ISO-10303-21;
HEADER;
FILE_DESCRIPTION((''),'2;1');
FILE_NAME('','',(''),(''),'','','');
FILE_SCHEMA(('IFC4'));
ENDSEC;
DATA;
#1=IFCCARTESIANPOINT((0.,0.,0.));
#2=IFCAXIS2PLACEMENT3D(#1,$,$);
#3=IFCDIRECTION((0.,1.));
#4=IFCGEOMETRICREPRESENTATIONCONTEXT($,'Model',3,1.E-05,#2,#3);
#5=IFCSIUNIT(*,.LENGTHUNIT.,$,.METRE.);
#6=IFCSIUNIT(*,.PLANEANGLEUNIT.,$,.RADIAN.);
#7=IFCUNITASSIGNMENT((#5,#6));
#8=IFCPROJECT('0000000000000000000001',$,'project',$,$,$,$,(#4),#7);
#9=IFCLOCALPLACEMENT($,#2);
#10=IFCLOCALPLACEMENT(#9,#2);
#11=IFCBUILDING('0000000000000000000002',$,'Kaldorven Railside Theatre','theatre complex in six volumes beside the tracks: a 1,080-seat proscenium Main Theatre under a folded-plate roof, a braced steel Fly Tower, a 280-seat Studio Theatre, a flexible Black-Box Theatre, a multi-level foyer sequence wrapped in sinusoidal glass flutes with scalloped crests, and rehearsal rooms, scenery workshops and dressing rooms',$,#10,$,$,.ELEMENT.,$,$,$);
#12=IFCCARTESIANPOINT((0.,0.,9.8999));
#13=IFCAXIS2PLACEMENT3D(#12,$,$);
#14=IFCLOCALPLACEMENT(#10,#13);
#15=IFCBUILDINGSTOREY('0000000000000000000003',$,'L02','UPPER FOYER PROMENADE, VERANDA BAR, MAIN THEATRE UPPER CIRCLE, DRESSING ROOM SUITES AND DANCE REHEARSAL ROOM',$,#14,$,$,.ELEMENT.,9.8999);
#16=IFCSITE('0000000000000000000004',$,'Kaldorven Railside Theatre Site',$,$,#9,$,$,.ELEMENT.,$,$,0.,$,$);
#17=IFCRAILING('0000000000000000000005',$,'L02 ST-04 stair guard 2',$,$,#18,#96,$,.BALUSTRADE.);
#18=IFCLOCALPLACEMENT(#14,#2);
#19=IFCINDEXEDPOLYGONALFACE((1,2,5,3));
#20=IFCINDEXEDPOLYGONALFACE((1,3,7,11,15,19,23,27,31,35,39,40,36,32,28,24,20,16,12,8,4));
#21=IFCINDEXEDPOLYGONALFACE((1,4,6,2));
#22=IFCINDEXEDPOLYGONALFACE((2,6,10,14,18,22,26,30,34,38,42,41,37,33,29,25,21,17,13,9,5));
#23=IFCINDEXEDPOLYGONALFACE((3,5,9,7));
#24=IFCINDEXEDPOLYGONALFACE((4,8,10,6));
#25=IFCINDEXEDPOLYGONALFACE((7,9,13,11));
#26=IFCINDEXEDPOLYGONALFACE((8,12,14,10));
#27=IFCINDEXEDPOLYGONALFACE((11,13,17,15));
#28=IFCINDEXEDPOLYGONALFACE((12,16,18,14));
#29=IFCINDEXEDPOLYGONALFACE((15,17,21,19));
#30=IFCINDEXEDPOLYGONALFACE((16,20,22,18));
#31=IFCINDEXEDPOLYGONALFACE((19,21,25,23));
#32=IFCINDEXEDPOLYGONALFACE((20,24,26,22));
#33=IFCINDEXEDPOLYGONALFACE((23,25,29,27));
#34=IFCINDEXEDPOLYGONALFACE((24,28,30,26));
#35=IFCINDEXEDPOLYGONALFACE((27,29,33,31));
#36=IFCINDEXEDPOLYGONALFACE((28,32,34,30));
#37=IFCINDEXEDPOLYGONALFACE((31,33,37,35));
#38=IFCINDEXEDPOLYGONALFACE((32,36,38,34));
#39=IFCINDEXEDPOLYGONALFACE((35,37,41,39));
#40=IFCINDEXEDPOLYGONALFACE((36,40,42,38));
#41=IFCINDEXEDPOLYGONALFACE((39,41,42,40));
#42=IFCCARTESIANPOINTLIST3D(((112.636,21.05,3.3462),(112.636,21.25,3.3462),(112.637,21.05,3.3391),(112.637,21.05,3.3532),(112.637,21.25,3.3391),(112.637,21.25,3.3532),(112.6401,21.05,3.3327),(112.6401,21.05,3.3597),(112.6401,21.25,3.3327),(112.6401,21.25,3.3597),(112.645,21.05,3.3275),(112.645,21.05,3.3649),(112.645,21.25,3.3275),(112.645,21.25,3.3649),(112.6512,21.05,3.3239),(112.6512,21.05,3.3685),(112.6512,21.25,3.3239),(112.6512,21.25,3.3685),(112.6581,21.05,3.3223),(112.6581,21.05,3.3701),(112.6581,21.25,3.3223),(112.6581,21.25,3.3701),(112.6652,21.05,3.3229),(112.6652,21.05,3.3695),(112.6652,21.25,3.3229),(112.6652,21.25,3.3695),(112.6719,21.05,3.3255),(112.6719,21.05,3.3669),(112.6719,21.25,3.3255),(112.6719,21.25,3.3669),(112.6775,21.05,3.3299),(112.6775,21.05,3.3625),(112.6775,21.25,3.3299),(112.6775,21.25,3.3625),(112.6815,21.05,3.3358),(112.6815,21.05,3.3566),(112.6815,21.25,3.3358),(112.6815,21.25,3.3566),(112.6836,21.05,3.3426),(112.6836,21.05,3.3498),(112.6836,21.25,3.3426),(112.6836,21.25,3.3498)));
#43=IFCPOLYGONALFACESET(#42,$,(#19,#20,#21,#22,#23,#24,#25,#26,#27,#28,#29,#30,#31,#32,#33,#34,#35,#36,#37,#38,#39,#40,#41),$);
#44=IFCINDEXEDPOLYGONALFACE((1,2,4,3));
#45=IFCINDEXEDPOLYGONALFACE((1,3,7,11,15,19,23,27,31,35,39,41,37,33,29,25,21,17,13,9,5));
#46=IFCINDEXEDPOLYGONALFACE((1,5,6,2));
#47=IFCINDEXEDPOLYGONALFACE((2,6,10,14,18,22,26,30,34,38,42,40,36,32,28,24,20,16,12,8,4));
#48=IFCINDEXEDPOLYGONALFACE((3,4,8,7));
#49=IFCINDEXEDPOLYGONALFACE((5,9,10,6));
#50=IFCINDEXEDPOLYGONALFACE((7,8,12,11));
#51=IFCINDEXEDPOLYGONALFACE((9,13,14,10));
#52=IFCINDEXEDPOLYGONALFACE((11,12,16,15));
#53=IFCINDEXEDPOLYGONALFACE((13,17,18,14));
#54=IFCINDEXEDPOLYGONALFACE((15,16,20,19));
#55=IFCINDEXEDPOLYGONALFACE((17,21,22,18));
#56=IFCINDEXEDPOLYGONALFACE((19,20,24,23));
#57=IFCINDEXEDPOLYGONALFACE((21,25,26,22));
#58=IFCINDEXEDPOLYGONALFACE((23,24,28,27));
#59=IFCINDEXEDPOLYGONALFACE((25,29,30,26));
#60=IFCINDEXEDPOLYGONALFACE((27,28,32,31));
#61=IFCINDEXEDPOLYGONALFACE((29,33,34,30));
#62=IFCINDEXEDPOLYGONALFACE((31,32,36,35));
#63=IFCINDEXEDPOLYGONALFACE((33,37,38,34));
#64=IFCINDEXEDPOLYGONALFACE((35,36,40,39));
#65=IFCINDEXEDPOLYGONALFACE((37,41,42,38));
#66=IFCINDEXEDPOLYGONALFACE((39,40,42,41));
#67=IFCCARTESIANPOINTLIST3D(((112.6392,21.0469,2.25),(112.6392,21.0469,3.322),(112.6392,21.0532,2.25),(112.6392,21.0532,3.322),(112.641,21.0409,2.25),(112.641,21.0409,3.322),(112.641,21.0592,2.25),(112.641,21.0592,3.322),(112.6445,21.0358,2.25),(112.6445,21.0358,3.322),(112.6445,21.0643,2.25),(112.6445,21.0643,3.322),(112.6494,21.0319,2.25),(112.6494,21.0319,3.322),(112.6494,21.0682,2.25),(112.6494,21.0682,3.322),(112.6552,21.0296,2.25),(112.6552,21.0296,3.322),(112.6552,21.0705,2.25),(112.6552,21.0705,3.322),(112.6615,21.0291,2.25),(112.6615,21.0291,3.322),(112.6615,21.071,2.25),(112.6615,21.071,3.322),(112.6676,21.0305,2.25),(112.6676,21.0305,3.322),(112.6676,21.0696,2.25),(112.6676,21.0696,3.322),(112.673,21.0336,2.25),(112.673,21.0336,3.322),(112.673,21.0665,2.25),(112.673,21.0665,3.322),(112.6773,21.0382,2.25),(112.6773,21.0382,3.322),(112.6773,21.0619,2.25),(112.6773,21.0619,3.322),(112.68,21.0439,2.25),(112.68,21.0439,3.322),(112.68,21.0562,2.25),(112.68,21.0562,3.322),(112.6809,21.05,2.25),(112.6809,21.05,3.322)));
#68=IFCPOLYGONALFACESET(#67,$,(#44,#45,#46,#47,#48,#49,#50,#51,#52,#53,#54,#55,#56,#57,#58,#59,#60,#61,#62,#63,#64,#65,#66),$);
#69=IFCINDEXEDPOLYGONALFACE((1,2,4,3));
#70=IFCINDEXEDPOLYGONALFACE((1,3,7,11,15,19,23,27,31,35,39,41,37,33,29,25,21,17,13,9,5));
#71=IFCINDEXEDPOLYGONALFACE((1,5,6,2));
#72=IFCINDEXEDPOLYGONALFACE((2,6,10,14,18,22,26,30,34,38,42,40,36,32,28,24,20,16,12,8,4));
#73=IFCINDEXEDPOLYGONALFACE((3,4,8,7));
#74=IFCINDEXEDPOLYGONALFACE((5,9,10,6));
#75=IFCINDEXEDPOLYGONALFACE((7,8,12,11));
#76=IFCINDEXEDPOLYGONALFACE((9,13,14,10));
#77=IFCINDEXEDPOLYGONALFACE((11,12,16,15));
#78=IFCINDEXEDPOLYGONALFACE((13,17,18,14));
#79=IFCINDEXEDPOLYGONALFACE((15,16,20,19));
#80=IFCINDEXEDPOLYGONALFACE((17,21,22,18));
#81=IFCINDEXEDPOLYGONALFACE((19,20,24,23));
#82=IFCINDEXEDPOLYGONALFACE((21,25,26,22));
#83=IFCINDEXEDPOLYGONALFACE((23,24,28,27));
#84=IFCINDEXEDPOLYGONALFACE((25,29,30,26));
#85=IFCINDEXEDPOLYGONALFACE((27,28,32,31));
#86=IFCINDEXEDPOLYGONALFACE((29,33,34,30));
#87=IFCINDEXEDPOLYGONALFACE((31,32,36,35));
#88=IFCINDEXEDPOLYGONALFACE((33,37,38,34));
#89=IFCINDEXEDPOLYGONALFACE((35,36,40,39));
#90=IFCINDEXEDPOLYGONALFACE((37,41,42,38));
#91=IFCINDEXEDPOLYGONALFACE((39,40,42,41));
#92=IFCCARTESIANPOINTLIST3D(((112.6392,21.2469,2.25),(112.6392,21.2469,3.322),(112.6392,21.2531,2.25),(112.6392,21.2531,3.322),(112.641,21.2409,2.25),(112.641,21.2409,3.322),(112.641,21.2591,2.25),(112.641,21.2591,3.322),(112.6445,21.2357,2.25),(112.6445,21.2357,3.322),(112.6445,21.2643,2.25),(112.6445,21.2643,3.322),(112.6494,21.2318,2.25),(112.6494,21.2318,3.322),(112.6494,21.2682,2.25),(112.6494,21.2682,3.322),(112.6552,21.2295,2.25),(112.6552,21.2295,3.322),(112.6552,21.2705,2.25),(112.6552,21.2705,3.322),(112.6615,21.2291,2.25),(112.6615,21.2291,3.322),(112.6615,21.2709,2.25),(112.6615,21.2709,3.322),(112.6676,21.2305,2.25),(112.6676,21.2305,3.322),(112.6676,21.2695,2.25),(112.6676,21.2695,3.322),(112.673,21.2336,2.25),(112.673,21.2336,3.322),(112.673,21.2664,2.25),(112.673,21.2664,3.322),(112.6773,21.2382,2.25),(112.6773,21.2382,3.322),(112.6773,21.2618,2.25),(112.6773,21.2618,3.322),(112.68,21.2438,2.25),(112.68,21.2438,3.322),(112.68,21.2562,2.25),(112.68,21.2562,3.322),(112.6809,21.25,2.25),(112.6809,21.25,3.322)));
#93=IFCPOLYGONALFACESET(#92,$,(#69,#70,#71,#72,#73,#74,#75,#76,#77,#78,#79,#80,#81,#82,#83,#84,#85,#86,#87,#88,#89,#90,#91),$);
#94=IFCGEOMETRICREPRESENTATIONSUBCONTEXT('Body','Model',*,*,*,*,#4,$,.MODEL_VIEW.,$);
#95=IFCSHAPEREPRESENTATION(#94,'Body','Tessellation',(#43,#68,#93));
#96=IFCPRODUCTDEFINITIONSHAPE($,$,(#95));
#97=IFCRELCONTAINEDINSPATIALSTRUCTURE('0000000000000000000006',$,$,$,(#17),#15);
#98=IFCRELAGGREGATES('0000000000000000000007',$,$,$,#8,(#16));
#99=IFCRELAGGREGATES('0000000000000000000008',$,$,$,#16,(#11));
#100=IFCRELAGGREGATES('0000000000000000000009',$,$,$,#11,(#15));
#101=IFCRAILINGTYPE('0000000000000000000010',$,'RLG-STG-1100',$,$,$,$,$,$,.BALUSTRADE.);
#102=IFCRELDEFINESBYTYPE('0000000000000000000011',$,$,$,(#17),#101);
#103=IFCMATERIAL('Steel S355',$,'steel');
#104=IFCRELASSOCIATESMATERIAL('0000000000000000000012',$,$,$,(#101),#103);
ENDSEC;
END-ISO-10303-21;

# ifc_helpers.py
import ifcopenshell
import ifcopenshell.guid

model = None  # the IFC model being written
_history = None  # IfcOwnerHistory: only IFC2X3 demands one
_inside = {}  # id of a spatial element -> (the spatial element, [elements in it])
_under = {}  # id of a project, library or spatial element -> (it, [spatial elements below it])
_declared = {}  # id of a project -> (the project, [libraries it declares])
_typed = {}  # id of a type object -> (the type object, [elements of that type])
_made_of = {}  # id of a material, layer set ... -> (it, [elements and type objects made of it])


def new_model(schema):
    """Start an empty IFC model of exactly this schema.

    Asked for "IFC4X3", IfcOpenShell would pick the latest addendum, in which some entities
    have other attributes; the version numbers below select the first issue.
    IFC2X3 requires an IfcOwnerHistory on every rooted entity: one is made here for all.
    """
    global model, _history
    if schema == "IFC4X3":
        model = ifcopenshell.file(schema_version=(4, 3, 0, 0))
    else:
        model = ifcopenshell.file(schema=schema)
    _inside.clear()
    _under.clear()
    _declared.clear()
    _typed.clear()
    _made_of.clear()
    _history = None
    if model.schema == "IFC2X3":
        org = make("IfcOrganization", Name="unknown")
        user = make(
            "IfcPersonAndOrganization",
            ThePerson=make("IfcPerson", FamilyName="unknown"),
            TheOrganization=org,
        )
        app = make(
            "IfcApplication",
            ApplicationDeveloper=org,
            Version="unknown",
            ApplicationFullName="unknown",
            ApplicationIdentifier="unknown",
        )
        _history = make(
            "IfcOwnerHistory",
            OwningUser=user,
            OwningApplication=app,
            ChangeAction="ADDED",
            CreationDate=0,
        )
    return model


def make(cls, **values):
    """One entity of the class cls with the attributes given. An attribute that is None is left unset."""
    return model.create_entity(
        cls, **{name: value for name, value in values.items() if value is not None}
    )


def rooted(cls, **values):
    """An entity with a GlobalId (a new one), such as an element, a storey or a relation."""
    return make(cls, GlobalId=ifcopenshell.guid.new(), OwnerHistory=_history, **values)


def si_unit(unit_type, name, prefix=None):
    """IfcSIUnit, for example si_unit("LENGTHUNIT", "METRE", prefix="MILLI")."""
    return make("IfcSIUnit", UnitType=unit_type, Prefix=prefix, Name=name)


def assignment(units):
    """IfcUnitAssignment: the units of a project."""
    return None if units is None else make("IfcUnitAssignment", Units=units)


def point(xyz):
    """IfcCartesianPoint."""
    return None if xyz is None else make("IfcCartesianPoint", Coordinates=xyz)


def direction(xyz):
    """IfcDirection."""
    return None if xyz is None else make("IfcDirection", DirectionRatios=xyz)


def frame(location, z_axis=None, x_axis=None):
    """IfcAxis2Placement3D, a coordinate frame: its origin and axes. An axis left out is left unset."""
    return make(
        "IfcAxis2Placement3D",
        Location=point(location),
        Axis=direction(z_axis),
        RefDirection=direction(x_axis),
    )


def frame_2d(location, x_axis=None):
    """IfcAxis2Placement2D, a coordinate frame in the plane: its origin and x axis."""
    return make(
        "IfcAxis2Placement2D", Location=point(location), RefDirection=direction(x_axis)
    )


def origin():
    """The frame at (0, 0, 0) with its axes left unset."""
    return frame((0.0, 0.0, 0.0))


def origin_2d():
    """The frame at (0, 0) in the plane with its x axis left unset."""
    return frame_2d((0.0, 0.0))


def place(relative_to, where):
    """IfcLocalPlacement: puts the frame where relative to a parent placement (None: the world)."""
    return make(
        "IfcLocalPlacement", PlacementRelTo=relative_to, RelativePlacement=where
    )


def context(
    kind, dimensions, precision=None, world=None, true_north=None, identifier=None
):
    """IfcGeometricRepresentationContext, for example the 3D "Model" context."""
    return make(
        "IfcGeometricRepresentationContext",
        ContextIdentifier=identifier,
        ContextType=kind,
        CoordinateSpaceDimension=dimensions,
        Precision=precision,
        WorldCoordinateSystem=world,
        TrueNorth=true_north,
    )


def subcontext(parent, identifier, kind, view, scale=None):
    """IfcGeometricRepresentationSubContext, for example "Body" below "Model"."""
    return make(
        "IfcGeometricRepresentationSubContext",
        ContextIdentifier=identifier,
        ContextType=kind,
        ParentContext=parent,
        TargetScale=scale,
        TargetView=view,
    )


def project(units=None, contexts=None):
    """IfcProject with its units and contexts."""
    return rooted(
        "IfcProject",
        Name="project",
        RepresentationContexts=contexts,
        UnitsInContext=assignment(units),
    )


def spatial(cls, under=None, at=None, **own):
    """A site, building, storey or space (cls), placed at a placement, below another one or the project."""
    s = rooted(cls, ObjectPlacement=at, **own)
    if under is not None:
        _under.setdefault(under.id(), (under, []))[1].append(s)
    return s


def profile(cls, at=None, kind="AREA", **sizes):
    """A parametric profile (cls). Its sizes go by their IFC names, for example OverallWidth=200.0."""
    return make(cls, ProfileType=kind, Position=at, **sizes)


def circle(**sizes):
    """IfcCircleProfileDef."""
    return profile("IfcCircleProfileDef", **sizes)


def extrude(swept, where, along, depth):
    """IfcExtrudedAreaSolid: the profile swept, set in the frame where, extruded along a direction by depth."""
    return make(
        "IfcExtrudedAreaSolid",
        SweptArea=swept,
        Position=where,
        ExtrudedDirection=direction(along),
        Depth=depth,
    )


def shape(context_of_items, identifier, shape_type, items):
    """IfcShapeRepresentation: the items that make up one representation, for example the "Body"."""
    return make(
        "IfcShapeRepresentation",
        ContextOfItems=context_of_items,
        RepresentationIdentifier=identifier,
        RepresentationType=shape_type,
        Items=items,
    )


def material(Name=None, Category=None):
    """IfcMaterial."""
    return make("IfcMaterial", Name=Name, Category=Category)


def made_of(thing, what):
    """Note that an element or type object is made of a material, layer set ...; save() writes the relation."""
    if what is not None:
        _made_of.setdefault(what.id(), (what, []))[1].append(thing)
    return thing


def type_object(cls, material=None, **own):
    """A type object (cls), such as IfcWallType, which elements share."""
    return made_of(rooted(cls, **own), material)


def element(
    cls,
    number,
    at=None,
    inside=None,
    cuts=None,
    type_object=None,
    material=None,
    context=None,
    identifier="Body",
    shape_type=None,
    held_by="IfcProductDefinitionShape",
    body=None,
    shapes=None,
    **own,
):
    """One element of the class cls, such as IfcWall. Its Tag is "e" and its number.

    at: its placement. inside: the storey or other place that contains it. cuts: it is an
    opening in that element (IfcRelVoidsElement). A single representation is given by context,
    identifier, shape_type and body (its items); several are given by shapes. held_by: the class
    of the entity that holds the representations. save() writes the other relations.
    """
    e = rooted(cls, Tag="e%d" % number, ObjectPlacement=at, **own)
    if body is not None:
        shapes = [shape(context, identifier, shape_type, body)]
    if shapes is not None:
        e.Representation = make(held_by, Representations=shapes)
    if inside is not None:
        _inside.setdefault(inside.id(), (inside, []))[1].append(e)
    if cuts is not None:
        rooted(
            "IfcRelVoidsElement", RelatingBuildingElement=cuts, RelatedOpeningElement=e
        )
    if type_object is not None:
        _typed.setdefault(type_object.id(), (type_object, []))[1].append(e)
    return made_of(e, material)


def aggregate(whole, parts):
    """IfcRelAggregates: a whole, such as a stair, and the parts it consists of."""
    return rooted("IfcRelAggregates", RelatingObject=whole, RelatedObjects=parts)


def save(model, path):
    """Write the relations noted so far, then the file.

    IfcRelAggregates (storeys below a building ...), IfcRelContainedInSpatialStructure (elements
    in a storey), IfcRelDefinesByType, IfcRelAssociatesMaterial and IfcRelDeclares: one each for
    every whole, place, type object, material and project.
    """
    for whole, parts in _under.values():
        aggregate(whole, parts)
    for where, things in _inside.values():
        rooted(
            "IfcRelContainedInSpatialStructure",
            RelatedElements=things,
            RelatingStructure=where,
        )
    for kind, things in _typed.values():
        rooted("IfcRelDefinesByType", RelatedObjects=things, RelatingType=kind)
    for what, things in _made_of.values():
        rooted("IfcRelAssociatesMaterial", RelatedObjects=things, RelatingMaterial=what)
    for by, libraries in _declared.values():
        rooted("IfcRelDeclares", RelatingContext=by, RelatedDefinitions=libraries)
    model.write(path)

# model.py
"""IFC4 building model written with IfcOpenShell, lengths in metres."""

from ifc_helpers import new_model, si_unit, direction, frame, origin, origin_2d, place, context, subcontext, project, spatial, circle, extrude, material, type_object, element, save


model = new_model("IFC4")

# Units and contexts
model_context = context("Model", 3, precision=1e-05, world=origin(), true_north=direction((0.0, 1.0)))
body_context = subcontext(model_context, "Body", "Model", "MODEL_VIEW")
ifc_project = project(units=[si_unit("LENGTHUNIT", "METRE"), si_unit("PLANEANGLEUNIT", "RADIAN")], contexts=[model_context])

# Site, building, storey
site_placement = place(None, origin())
site = spatial("IfcSite", under=ifc_project, at=site_placement, Name="Kaldorven Railside Theatre Site", CompositionType="ELEMENT", RefElevation=0.0)
building_placement = place(site_placement, origin())
building = spatial("IfcBuilding", under=site, at=building_placement, Name="Kaldorven Railside Theatre", Description="theatre complex in six volumes beside the tracks: a 1,080-seat proscenium Main Theatre under a folded-plate roof, a braced steel Fly Tower, a 280-seat Studio Theatre, a flexible Black-Box Theatre, a multi-level foyer sequence wrapped in sinusoidal glass flutes with scalloped crests, and rehearsal rooms, scenery workshops and dressing rooms", CompositionType="ELEMENT")
storey_placement = place(building_placement, frame((0.0, 0.0, 9.8999)))
storey = spatial("IfcBuildingStorey", under=building, at=storey_placement, Name="L02", Description="UPPER FOYER PROMENADE, VERANDA BAR, MAIN THEATRE UPPER CIRCLE, DRESSING ROOM SUITES AND DANCE REHEARSAL ROOM", CompositionType="ELEMENT", Elevation=9.8999)

# Shared definitions
ifc_material_1 = material(Name="Steel S355", Category="steel")

# Railing
railing_type_1 = type_object("IfcRailingType", Name="RLG-STG-1100", PredefinedType="BALUSTRADE", material=ifc_material_1)
railing_1_placement = place(storey_placement, frame((112.6599, 21.05, 2.25)))
element("IfcRailing", 1, at=railing_1_placement, inside=storey, type_object=railing_type_1, Name="L02 ST-04 stair guard 2", PredefinedType="BALUSTRADE", context=body_context, shape_type="SweptSolid", body=[
    extrude(circle(Radius=0.0239, at=origin_2d()), frame((0.0, 0.0, 1.0962), z_axis=(0.0, 1.0, 0.0), x_axis=(-1.0, 0.0, 0.0)), (0.0, 0.0, 1.0), 0.2),
    extrude(circle(Radius=0.021, at=origin_2d()), origin(), (0.0, 0.0, 1.0), 1.072),
    extrude(circle(Radius=0.021, at=origin_2d()), frame((0.0, 0.2, 0.0)), (0.0, 0.0, 1.0), 1.072),
])

save(model, "model.ifc")
